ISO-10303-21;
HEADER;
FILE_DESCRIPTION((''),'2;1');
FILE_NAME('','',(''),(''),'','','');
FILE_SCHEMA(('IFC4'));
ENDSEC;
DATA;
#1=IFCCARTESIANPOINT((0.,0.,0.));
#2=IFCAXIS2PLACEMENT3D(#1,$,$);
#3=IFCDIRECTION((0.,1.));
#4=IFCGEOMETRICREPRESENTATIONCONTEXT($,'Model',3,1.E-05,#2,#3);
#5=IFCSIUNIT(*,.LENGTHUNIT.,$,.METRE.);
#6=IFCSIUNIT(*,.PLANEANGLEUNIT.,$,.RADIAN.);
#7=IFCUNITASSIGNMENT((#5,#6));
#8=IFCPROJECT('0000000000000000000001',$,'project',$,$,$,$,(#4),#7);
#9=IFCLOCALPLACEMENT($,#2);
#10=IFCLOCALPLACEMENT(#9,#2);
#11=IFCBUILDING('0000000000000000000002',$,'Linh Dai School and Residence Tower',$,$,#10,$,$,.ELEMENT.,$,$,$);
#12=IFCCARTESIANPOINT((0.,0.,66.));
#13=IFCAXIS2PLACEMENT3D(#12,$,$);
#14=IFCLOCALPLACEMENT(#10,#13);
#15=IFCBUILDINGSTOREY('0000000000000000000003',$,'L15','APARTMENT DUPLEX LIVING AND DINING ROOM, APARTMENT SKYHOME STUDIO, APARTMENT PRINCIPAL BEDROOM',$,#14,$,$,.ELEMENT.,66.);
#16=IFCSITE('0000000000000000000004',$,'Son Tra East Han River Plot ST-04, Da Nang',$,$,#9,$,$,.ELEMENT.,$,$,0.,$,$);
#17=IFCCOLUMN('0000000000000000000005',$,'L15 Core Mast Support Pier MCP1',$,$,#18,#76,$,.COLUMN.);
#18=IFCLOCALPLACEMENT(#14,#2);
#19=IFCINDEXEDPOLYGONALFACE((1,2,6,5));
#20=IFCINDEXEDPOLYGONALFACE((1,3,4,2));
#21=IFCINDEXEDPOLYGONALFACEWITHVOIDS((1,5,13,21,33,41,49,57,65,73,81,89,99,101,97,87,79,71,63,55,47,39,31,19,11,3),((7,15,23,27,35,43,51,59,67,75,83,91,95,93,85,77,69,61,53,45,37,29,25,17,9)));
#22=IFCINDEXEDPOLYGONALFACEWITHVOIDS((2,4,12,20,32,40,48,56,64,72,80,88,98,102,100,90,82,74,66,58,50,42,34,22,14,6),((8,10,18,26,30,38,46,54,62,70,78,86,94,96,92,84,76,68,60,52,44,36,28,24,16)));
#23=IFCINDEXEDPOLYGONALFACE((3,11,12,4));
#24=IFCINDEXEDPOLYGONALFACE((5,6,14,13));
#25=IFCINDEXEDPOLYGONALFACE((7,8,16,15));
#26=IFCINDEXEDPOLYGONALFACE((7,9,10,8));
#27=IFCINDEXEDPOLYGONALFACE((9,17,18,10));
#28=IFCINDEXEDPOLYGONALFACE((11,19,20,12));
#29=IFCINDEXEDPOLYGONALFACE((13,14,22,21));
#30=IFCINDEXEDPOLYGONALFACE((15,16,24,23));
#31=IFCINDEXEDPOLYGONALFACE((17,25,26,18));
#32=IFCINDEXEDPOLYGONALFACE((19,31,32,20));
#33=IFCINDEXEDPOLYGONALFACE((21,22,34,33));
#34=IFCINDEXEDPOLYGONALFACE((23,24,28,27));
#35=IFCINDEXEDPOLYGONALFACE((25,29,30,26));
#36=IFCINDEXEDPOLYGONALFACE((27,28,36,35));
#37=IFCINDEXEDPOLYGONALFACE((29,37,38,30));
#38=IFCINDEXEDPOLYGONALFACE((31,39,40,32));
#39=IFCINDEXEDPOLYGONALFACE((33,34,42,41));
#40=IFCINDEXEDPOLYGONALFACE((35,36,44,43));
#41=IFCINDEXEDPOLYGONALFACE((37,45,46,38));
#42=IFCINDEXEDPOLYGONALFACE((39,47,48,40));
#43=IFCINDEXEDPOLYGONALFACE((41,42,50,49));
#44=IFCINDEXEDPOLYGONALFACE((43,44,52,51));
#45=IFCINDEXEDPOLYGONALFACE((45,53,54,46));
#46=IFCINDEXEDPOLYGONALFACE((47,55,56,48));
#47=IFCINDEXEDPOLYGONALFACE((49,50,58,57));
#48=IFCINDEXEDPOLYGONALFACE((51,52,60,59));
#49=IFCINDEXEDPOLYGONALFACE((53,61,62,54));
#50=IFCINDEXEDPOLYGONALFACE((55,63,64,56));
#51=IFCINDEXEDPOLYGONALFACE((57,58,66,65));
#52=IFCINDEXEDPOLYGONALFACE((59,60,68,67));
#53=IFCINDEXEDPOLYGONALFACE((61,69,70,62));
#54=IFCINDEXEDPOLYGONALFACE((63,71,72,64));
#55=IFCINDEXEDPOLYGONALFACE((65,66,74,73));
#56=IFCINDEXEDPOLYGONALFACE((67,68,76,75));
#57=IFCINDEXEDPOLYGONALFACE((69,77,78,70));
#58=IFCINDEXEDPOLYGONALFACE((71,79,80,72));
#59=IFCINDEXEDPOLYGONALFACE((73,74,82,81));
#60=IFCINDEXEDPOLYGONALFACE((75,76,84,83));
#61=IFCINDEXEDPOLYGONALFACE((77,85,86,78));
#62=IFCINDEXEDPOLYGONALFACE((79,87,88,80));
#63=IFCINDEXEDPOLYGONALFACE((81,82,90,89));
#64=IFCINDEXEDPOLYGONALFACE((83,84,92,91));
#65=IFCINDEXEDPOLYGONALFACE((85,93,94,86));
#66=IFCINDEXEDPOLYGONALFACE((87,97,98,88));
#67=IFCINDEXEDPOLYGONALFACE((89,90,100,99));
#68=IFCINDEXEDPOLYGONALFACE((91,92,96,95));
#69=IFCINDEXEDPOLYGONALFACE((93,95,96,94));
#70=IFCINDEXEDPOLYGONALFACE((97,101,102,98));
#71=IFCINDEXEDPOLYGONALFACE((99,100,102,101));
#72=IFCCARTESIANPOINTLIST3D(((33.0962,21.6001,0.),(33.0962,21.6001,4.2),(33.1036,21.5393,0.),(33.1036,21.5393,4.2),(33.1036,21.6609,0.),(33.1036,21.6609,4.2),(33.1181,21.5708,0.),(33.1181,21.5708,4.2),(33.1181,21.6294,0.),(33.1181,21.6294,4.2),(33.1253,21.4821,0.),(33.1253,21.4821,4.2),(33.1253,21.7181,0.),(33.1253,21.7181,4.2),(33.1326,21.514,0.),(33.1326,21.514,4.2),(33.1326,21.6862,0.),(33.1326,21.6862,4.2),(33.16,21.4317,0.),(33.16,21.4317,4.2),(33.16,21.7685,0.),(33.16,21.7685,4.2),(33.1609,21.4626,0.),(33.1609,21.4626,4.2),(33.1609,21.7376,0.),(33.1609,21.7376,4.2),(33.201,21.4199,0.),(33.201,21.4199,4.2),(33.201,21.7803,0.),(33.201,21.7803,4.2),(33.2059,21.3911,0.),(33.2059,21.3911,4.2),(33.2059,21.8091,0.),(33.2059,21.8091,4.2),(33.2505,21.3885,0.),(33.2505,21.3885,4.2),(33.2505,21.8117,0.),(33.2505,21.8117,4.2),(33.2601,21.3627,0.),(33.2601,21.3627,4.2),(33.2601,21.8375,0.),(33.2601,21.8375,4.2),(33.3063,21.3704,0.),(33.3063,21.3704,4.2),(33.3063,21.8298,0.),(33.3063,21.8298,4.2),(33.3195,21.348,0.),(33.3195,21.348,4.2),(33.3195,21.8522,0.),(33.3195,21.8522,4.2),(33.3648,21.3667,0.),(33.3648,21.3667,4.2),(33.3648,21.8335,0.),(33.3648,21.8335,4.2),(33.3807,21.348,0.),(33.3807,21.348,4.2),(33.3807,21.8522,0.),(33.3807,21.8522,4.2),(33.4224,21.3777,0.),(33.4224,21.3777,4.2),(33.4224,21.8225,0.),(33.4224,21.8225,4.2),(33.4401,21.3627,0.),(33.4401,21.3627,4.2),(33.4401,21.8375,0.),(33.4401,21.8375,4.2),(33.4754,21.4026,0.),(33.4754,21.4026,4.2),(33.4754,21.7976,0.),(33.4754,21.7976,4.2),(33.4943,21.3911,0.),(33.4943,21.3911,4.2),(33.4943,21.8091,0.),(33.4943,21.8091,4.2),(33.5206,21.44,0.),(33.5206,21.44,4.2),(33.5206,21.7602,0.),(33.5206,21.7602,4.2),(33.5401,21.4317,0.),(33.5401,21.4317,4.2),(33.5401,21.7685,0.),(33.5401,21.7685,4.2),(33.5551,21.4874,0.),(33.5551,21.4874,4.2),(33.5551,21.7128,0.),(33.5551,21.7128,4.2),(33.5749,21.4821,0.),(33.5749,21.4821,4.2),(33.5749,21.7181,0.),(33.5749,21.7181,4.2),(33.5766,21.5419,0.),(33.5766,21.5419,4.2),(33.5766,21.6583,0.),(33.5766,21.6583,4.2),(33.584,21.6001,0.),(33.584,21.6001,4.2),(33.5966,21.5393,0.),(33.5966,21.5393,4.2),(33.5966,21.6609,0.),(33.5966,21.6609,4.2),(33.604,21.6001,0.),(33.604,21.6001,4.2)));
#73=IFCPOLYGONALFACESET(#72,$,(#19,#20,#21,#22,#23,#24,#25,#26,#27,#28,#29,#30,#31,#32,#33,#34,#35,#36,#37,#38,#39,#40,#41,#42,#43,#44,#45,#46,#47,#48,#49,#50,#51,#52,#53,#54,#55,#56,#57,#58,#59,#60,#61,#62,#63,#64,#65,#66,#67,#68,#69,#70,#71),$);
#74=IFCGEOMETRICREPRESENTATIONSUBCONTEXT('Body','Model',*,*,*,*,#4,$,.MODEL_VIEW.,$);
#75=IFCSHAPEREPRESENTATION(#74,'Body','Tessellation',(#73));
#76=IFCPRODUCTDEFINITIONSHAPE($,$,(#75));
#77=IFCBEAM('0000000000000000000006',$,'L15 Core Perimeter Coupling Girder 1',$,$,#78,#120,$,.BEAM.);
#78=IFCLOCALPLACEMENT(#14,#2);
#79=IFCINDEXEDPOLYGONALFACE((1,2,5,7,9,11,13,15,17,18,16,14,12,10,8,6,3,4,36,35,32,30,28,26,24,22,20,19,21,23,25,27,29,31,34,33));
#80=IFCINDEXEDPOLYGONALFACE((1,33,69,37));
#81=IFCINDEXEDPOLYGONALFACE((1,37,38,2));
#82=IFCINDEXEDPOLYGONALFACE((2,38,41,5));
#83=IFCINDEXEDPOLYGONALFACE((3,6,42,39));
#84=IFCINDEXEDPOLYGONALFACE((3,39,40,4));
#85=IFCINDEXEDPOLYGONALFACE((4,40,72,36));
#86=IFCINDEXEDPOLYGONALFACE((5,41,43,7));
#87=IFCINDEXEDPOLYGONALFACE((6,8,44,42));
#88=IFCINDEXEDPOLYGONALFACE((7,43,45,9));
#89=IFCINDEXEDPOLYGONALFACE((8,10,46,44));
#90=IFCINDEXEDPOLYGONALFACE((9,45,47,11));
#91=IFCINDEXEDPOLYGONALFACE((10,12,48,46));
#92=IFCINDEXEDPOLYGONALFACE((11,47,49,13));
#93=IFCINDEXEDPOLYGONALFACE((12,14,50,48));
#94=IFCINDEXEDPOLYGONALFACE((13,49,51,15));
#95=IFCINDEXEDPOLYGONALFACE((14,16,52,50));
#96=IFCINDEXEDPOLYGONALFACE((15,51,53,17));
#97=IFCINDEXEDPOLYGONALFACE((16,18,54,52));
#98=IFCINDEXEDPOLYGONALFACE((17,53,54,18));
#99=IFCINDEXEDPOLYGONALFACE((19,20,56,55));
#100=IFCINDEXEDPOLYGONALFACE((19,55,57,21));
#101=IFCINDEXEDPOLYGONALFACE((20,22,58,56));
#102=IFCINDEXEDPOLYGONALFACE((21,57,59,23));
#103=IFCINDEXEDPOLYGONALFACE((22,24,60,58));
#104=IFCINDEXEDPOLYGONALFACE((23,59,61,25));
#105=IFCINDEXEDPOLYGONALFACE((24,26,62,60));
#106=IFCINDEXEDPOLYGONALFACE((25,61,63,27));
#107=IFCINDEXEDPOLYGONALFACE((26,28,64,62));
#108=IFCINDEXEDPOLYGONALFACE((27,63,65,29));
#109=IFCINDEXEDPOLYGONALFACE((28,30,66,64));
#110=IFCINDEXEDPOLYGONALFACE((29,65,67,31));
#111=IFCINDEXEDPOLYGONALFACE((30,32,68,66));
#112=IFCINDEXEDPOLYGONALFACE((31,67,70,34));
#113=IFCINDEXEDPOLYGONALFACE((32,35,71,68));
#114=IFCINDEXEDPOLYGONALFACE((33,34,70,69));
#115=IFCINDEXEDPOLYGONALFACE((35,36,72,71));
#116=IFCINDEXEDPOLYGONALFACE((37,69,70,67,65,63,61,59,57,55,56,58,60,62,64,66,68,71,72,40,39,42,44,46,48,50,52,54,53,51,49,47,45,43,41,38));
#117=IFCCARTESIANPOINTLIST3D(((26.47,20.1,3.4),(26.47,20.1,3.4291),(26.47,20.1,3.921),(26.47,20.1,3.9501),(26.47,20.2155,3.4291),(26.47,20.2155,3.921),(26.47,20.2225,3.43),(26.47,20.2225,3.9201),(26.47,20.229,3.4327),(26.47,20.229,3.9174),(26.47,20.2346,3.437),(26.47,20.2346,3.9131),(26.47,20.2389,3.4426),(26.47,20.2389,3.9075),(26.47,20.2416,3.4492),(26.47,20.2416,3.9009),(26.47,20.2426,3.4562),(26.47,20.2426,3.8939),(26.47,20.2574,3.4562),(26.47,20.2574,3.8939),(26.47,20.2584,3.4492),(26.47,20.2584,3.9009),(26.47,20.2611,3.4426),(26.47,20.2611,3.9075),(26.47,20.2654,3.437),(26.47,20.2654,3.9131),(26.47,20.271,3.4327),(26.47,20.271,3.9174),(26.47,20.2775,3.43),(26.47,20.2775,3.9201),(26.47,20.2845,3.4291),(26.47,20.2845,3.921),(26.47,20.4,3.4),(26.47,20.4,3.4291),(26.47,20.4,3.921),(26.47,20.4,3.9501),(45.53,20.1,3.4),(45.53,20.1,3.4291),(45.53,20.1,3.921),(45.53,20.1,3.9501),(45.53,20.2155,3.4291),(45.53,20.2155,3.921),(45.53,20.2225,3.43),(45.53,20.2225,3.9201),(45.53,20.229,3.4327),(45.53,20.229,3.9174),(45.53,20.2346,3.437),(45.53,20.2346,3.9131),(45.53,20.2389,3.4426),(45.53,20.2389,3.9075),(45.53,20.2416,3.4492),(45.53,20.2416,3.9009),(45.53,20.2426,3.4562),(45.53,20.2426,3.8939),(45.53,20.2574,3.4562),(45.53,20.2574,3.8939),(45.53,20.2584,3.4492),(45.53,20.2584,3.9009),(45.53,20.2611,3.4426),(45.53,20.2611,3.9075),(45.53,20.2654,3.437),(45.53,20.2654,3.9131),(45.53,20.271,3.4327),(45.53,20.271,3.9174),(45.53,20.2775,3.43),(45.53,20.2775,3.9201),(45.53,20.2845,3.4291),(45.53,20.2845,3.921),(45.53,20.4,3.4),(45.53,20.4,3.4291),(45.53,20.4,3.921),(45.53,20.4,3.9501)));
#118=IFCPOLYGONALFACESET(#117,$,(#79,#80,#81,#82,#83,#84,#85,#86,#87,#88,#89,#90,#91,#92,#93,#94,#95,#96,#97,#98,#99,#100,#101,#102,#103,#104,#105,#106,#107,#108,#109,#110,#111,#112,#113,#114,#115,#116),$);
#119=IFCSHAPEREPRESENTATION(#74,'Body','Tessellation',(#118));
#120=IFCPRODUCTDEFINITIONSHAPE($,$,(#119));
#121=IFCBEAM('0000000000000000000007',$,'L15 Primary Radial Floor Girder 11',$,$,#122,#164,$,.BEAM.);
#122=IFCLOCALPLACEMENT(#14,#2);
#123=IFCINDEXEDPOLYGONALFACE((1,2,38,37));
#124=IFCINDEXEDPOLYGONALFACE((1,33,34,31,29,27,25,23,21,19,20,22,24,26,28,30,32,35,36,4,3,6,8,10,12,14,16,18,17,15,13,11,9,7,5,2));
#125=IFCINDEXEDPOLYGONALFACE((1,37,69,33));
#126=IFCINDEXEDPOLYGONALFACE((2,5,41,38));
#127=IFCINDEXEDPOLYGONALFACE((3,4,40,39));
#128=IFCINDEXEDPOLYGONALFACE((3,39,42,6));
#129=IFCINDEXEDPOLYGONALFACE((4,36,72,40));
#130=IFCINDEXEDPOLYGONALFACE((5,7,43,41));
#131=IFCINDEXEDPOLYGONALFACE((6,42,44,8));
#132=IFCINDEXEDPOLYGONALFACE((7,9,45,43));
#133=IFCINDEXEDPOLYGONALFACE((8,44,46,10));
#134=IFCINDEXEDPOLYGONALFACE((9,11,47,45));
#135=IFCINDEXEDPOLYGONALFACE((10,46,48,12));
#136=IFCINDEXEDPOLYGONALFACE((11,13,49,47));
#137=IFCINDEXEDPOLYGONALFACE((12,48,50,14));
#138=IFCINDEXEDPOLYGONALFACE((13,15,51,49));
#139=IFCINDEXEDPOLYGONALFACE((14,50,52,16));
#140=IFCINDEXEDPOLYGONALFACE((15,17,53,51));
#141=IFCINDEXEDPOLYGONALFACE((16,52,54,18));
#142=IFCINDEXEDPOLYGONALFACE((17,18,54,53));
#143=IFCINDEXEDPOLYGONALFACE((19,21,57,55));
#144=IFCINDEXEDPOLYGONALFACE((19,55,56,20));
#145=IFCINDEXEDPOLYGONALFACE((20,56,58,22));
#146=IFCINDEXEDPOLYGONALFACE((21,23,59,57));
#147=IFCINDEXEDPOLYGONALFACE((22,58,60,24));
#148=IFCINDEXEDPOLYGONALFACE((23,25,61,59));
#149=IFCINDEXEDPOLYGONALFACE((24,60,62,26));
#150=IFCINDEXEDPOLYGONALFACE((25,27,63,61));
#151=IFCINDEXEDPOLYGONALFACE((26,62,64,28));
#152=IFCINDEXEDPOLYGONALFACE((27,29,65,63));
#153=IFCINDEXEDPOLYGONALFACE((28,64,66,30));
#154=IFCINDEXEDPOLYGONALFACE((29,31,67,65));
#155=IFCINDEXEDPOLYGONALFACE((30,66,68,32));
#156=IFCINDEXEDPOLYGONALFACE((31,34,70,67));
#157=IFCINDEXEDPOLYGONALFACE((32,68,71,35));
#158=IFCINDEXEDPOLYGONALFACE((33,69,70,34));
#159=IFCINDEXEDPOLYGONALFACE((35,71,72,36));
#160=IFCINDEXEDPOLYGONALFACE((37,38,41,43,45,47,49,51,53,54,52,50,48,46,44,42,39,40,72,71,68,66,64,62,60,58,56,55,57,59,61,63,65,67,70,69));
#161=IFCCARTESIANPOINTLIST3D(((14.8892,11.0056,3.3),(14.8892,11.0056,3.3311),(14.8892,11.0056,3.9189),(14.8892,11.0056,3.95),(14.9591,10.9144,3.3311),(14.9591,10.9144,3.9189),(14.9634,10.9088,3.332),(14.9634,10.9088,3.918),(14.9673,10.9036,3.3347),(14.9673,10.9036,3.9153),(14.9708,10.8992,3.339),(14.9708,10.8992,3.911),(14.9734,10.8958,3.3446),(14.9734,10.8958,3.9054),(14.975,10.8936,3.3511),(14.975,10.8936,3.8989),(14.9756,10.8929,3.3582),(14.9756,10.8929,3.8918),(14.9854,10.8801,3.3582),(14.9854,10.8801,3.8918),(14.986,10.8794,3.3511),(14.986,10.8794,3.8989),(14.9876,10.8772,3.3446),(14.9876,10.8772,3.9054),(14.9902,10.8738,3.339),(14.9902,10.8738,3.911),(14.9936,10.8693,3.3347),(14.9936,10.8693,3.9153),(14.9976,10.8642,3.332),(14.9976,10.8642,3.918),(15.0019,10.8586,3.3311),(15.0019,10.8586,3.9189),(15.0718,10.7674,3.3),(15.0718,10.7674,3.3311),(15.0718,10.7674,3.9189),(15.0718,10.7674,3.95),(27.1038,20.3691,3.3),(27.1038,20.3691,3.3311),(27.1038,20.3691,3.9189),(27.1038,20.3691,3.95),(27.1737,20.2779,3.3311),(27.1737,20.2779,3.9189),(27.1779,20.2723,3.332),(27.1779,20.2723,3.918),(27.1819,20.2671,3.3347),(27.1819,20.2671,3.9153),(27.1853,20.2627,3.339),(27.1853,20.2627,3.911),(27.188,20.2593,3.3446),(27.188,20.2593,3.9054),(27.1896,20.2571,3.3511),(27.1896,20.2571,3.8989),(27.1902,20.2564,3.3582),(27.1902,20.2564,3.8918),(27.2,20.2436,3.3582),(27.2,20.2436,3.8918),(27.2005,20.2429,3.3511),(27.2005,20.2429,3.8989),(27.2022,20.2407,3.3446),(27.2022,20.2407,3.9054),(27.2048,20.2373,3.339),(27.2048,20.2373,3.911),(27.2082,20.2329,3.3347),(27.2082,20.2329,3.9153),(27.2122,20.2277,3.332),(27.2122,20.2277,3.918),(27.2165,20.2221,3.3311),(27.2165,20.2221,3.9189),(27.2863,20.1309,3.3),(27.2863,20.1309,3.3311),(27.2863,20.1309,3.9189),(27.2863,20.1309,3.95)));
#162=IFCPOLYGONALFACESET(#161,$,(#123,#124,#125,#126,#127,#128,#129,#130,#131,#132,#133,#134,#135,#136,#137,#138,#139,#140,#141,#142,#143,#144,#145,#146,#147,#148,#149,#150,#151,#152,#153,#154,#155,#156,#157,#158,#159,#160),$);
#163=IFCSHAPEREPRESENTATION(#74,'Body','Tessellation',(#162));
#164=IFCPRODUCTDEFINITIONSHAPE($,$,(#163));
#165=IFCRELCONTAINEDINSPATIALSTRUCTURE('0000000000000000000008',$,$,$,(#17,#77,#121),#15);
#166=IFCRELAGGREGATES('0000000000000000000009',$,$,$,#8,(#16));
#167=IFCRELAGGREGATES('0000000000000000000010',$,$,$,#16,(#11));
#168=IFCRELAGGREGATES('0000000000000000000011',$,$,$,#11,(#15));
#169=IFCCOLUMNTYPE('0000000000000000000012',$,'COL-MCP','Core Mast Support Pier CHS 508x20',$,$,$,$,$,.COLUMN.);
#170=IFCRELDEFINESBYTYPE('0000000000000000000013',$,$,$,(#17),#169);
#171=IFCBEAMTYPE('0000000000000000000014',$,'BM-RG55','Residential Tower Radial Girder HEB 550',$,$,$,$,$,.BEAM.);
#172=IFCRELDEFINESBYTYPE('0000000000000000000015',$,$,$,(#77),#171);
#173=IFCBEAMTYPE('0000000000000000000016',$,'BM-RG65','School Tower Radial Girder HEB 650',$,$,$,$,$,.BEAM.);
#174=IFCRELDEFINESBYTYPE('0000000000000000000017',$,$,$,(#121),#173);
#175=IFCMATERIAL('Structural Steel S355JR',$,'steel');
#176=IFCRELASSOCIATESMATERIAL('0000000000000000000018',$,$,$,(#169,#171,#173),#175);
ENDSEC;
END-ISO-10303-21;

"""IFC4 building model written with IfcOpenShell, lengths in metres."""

from ifc_helpers import new_model, si_unit, direction, frame, origin, origin_2d, place, context, subcontext, project, spatial, hollow_circle, i_section, extrude, material, material_profile, profile_set, type_object, element, save


model = new_model("IFC4")

# Units and contexts
model_context = context("Model", 3, precision=1e-05, world=origin(), true_north=direction((0.0, 1.0)))
body_context = subcontext(model_context, "Body", "Model", "MODEL_VIEW")
ifc_project = project(units=[si_unit("LENGTHUNIT", "METRE"), si_unit("PLANEANGLEUNIT", "RADIAN")], contexts=[model_context])

# Site, building, storey
site_placement = place(None, origin())
site = spatial("IfcSite", under=ifc_project, at=site_placement, Name="Son Tra East Han River Plot ST-04, Da Nang", CompositionType="ELEMENT", RefElevation=0.0)
building_placement = place(site_placement, origin())
building = spatial("IfcBuilding", under=site, at=building_placement, Name="Linh Dai School and Residence Tower", CompositionType="ELEMENT")
storey_placement = place(building_placement, frame((0.0, 0.0, 66.0)))
storey = spatial("IfcBuildingStorey", under=building, at=storey_placement, Name="L15", Description="APARTMENT DUPLEX LIVING AND DINING ROOM, APARTMENT SKYHOME STUDIO, APARTMENT PRINCIPAL BEDROOM", CompositionType="ELEMENT", Elevation=66.0)

# Column
ifc_material_1 = material(Name="Structural Steel S355JR", Category="steel")
ifc_material_profile_1 = material_profile(ifc_material_1, hollow_circle(Radius=0.2539, WallThickness=0.02, at=origin_2d()), Name="CHS 508x20")
ifc_profile_set_1 = profile_set([ifc_material_profile_1], Name="Structural Steel S355JR")
column_type = type_object("IfcColumnType", Name="COL-MCP", Description="Core Mast Support Pier CHS 508x20", PredefinedType="COLUMN", material=ifc_profile_set_1)
column_placement = place(storey_placement, frame((33.3501, 21.6001, 0.0), z_axis=(0.0, 0.0, 1.0), x_axis=(1.0, 0.0, 0.0)))
element("IfcColumn", 1, at=column_placement, inside=storey, type_object=column_type, Name="L15 Core Mast Support Pier MCP1", PredefinedType="COLUMN", context=body_context, shape_type="SweptSolid", body=[
    extrude(hollow_circle(Radius=0.2539, WallThickness=0.02, at=origin_2d()), origin(), (0.0, 0.0, 1.0), 4.2),
])

# Beams
ifc_material_profile_2 = material_profile(ifc_material_1, i_section(OverallWidth=0.3, OverallDepth=0.55, WebThickness=0.0149, FlangeThickness=0.0291, FilletRadius=0.0271, at=origin_2d()), Name="HEB 550")
ifc_profile_set_2 = profile_set([ifc_material_profile_2], Name="Structural Steel S355JR")
beam_type_1 = type_object("IfcBeamType", Name="BM-RG55", Description="Residential Tower Radial Girder HEB 550", PredefinedType="BEAM", material=ifc_profile_set_2)
beam_1_placement = place(storey_placement, frame((26.47, 20.25, 3.675), z_axis=(1.0, 0.0, 0.0), x_axis=(0.0, 1.0, 0.0)))
element("IfcBeam", 2, at=beam_1_placement, inside=storey, type_object=beam_type_1, Name="L15 Core Perimeter Coupling Girder 1", PredefinedType="BEAM", context=body_context, shape_type="SweptSolid", body=[
    extrude(i_section(OverallWidth=0.3, OverallDepth=0.55, WebThickness=0.0149, FlangeThickness=0.0291, FilletRadius=0.0271, at=origin_2d()), origin(), (0.0, 0.0, 1.0), 19.0601),
])
ifc_material_profile_3 = material_profile(ifc_material_1, i_section(OverallWidth=0.3, OverallDepth=0.6499, WebThickness=0.0161, FlangeThickness=0.031, FilletRadius=0.0271, at=origin_2d()), Name="HEB 650")
ifc_profile_set_3 = profile_set([ifc_material_profile_3], Name="Structural Steel S355JR")
beam_type_2 = type_object("IfcBeamType", Name="BM-RG65", Description="School Tower Radial Girder HEB 650", PredefinedType="BEAM", material=ifc_profile_set_3)
beam_2_placement = place(storey_placement, frame((27.1951, 20.25, 3.625), z_axis=(-0.793638, -0.608391, 0.0), x_axis=(0.608391, -0.793638, 0.0)))
element("IfcBeam", 3, at=beam_2_placement, inside=storey, type_object=beam_type_2, Name="L15 Primary Radial Floor Girder 11", PredefinedType="BEAM", context=body_context, shape_type="SweptSolid", body=[
    extrude(i_section(OverallWidth=0.3, OverallDepth=0.6499, WebThickness=0.0161, FlangeThickness=0.031, FilletRadius=0.0271, at=origin_2d()), origin(), (0.0, 0.0, 1.0), 15.3906),
])

save(model, "model.ifc")
